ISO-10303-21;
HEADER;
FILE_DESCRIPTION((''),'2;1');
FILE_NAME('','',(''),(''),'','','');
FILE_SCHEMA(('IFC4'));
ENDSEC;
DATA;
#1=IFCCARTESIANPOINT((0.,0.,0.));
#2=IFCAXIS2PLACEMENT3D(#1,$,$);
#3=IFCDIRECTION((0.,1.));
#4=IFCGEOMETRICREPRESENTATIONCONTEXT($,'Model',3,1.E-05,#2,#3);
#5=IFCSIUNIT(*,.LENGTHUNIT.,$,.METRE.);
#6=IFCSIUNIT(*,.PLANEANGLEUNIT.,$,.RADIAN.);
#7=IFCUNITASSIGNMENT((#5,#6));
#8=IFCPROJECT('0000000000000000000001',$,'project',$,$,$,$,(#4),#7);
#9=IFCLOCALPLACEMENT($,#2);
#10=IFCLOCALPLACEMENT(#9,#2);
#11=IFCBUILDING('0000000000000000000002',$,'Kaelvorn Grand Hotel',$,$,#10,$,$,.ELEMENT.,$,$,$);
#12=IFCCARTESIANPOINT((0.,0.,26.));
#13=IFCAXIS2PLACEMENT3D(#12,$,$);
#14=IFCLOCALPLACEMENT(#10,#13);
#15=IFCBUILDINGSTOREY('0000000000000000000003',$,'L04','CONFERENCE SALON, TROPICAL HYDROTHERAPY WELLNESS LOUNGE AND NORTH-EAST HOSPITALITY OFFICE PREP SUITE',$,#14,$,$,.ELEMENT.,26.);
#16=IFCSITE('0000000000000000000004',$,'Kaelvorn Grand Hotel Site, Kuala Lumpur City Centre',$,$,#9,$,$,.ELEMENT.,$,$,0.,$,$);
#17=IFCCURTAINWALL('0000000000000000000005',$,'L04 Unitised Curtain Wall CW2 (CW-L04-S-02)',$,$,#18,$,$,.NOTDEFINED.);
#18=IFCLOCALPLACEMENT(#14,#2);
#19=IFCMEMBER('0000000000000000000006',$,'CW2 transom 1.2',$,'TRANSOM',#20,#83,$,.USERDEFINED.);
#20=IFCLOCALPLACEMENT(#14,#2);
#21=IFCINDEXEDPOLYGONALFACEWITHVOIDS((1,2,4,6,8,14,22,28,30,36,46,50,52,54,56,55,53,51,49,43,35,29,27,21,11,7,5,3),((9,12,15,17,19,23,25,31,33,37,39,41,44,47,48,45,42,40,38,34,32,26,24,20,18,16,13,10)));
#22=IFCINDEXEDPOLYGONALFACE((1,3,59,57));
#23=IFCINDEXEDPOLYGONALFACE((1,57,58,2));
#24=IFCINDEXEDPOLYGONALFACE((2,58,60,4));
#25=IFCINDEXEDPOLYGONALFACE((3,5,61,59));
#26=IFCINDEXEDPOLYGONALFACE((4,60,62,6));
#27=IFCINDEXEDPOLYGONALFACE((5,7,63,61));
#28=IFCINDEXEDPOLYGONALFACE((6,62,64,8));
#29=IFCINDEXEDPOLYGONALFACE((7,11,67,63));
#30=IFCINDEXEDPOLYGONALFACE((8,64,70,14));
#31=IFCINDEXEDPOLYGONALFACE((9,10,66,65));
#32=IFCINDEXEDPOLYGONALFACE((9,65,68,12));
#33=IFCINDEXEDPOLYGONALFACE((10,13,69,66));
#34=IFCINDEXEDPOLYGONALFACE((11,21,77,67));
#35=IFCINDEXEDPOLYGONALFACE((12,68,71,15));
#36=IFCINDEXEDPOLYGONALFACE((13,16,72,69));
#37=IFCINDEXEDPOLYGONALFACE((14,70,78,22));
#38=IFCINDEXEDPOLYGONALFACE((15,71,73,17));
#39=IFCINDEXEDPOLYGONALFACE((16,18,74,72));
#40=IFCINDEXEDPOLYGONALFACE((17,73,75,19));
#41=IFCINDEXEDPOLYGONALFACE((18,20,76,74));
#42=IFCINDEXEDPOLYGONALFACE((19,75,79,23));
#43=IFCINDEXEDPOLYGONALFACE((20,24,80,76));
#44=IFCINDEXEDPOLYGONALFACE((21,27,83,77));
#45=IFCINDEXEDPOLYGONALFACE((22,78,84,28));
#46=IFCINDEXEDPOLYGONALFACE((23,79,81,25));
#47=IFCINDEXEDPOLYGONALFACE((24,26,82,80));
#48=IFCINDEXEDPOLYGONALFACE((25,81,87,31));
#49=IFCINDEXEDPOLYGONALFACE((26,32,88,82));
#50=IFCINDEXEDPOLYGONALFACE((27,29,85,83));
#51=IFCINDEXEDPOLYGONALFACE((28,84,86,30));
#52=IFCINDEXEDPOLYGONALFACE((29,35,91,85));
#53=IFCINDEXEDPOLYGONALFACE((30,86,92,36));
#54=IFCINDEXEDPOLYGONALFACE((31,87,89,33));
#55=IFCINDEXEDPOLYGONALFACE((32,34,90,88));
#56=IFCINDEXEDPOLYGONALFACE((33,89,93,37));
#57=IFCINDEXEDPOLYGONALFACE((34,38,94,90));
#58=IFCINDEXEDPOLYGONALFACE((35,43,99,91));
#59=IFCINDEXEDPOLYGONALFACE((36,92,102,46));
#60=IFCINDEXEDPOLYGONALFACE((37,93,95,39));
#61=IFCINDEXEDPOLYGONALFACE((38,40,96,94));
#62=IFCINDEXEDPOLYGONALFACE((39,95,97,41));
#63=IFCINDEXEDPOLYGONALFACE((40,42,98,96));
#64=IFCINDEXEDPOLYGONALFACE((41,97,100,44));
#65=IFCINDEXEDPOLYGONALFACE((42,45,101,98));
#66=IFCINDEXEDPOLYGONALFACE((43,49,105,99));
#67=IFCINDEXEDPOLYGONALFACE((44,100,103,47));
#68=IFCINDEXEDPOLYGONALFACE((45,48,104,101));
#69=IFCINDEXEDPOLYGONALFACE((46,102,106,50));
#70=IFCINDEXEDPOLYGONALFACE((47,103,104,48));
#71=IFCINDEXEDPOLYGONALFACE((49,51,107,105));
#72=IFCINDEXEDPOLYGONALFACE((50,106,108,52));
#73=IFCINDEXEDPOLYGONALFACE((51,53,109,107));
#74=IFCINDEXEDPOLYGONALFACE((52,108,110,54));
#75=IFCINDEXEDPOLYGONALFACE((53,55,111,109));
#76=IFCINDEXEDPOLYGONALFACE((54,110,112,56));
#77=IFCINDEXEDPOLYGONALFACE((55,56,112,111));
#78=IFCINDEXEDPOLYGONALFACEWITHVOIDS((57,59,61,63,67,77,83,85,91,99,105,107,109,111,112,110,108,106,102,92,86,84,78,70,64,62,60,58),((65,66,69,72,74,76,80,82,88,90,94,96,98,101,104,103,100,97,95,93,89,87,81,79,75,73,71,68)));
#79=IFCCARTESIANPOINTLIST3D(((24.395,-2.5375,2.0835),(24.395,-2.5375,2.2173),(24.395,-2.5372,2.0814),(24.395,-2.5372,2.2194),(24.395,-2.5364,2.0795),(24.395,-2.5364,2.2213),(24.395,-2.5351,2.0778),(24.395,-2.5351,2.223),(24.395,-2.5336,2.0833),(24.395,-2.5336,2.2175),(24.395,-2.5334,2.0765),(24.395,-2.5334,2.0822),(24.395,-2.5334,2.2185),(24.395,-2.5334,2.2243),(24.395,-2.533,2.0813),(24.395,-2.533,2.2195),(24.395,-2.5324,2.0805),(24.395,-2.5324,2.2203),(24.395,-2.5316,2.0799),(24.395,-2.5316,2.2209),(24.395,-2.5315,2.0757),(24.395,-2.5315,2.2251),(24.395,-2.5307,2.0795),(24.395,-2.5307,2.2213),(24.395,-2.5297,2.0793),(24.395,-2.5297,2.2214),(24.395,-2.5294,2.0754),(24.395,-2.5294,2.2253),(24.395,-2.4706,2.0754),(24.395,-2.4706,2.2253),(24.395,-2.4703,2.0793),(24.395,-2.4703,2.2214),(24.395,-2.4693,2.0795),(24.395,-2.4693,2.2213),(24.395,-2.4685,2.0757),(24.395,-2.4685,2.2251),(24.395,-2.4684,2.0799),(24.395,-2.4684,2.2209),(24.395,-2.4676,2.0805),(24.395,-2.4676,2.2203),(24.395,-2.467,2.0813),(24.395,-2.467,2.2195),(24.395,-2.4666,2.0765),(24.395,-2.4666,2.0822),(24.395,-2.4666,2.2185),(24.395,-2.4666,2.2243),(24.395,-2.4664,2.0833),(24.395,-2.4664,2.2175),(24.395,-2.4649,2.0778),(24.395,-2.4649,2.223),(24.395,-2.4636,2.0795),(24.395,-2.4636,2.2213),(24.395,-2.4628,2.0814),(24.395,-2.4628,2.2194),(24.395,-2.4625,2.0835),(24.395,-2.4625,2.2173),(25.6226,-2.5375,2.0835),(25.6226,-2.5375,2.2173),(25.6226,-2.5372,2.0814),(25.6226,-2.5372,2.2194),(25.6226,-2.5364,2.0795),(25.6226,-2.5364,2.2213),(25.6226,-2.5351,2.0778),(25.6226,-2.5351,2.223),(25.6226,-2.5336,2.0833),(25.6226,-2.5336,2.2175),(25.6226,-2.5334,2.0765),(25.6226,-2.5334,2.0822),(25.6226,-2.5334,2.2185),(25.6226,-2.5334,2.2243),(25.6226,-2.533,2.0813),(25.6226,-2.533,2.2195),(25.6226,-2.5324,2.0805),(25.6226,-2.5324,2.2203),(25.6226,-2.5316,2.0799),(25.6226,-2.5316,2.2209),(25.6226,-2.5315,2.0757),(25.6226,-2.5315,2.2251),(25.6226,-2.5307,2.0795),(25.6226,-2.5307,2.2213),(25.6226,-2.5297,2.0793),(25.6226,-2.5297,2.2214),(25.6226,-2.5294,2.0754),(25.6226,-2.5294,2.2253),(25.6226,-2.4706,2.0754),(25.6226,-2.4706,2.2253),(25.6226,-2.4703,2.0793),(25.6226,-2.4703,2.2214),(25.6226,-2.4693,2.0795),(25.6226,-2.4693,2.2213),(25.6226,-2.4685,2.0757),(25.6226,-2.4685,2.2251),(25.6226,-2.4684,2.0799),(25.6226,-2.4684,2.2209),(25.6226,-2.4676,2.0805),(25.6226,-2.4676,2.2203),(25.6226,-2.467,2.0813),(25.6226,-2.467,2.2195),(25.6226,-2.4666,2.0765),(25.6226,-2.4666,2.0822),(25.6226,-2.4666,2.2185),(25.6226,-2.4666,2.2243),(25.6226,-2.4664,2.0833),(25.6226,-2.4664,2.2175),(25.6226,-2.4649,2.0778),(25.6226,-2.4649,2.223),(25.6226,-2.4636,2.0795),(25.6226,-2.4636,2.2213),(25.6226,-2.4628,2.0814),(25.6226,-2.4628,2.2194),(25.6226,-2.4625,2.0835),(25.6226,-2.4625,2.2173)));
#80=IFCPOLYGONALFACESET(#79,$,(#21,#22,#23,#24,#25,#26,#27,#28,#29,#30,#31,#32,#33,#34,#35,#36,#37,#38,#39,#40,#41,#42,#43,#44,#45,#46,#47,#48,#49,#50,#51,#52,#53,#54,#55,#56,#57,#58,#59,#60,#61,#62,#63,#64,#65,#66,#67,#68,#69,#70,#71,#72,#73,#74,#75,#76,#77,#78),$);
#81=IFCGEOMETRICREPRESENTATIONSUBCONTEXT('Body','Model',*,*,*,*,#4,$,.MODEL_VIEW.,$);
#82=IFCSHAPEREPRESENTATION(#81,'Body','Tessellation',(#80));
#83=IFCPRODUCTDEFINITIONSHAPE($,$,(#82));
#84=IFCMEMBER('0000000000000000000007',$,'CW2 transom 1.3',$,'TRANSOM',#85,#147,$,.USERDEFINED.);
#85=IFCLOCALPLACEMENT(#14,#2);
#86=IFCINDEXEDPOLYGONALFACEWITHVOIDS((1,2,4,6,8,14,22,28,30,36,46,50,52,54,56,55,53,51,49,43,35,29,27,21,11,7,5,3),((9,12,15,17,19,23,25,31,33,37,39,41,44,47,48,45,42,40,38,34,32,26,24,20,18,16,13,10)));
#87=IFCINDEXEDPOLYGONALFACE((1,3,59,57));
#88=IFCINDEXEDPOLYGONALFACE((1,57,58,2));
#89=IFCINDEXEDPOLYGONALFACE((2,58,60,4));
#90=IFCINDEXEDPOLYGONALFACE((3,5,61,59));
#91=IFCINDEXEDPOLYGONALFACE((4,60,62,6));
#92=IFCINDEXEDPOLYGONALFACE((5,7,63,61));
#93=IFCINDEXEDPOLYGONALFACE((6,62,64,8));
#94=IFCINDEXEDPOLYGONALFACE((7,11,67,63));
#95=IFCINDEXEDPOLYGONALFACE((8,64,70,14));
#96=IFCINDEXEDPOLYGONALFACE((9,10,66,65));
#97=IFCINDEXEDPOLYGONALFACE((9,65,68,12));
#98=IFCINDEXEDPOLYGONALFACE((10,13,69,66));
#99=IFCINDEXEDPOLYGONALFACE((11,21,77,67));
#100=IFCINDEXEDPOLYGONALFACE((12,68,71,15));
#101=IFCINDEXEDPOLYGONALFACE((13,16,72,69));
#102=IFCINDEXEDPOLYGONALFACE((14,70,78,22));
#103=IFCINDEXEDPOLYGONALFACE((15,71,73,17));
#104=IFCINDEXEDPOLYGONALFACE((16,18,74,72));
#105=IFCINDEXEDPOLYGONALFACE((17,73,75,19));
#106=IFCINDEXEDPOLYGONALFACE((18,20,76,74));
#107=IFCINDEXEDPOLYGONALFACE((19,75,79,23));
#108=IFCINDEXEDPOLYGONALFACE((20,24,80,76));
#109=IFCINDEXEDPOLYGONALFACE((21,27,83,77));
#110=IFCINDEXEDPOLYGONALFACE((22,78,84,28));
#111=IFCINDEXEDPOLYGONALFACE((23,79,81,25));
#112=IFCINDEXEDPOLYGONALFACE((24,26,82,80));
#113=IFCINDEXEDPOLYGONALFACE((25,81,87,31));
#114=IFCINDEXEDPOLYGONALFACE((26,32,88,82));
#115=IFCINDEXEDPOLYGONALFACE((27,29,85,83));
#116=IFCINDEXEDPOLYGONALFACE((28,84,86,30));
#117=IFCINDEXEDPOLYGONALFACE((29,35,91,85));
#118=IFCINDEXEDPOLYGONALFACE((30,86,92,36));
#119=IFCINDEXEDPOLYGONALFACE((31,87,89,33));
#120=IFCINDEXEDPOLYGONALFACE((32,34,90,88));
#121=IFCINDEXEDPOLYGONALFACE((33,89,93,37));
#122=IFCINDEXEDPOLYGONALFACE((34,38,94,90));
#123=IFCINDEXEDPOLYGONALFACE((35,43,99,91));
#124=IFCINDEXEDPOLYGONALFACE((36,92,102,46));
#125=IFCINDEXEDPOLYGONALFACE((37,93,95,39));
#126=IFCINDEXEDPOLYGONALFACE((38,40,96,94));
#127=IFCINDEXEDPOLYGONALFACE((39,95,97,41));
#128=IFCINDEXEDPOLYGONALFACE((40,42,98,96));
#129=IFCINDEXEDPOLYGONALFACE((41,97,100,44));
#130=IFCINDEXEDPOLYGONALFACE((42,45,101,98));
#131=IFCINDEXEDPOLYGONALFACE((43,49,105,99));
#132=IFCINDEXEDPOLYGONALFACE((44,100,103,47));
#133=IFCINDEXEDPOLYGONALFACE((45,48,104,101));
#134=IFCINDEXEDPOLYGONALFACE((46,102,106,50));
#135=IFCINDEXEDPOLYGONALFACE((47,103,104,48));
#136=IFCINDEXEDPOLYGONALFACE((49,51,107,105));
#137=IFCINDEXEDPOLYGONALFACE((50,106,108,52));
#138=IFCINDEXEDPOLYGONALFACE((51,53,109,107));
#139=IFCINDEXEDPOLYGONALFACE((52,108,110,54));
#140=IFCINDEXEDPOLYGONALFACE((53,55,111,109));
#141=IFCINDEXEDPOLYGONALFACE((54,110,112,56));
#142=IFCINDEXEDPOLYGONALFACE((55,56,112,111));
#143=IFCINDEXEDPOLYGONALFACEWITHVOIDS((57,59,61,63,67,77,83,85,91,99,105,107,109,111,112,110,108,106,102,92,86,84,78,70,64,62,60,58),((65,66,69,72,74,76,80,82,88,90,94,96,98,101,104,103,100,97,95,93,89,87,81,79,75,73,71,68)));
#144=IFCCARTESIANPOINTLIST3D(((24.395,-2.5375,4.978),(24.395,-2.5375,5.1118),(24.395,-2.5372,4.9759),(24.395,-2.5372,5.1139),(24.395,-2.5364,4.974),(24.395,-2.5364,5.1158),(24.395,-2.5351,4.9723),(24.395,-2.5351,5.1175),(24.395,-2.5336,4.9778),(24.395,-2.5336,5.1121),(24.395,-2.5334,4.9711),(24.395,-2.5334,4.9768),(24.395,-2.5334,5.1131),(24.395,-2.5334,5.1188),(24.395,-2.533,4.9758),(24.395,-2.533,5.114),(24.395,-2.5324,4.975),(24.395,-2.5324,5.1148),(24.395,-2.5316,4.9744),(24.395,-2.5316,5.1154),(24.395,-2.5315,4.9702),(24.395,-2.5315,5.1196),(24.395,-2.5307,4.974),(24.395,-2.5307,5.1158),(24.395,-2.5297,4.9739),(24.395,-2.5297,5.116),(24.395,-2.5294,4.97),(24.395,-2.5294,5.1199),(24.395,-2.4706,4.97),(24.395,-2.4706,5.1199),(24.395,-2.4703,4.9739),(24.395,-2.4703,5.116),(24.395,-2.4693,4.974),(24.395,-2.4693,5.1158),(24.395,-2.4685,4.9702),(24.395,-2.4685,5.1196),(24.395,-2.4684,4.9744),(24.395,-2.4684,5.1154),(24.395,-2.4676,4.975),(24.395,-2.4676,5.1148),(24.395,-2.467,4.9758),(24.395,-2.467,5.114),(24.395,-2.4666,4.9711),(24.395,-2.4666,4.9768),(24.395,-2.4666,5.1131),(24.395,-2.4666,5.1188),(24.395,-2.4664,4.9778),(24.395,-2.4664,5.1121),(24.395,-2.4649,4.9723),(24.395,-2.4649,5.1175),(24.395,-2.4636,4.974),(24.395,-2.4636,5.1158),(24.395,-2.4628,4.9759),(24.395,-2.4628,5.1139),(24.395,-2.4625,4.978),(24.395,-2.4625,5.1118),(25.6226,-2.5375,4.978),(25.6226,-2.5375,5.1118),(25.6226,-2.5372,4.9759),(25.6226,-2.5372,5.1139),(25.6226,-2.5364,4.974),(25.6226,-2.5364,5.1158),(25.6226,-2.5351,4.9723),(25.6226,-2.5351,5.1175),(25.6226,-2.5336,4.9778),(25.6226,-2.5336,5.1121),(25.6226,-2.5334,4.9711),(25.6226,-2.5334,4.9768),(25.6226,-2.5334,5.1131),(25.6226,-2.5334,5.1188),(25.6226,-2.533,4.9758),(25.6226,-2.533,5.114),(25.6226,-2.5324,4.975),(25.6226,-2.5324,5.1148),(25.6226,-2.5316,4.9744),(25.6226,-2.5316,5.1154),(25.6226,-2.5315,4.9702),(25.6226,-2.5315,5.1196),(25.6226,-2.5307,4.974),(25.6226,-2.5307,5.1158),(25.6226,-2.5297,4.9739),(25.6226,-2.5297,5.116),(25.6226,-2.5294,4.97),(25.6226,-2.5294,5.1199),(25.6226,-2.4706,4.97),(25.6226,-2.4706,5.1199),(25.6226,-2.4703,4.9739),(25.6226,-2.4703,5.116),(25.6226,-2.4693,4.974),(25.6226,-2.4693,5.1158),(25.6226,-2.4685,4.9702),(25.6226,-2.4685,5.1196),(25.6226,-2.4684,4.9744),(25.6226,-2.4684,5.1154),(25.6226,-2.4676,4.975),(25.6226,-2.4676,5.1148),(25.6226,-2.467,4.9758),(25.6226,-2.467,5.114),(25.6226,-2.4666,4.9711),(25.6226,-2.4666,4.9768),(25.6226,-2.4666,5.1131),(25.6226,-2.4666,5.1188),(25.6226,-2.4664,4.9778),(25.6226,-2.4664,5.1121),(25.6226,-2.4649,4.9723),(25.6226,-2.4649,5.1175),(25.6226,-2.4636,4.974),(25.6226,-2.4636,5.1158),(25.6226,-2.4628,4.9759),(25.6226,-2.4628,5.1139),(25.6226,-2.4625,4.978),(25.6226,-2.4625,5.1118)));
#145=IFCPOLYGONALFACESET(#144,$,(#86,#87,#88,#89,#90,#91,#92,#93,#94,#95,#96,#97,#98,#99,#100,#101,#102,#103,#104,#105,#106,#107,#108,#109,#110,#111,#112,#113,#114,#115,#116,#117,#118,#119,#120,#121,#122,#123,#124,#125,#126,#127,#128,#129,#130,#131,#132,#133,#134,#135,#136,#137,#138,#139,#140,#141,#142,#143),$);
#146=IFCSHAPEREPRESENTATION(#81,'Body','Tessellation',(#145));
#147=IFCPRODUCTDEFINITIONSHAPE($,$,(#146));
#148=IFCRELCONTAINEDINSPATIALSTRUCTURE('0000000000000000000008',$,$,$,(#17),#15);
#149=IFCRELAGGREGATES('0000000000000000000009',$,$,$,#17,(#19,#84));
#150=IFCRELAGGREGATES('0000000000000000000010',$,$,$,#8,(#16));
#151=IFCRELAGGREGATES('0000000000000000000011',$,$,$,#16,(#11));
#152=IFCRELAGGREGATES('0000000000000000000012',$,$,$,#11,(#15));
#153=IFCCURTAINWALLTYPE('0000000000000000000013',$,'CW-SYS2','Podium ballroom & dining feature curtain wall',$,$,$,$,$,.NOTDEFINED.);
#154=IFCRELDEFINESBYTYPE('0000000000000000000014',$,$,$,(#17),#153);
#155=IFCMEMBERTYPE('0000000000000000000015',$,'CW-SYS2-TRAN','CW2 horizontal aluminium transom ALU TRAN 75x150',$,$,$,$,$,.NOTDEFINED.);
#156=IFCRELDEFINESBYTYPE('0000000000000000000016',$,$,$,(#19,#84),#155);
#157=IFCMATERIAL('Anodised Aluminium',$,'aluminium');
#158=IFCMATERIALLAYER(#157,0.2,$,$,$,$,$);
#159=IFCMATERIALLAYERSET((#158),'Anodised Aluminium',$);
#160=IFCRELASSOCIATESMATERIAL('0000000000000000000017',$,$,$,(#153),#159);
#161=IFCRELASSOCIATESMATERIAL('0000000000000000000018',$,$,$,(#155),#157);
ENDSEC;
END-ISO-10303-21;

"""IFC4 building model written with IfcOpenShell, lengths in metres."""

from ifc_helpers import new_model, si_unit, direction, frame, origin, origin_2d, place, context, subcontext, project, spatial, hollow_rectangle, extrude, material, layer, layer_set, material_profile, profile_set, type_object, element, aggregate, save


model = new_model("IFC4")

# Units and contexts
model_context = context("Model", 3, precision=1e-05, world=origin(), true_north=direction((0.0, 1.0)))
body_context = subcontext(model_context, "Body", "Model", "MODEL_VIEW")
ifc_project = project(units=[si_unit("LENGTHUNIT", "METRE"), si_unit("PLANEANGLEUNIT", "RADIAN")], contexts=[model_context])

# Site, building, storey
site_placement = place(None, origin())
site = spatial("IfcSite", under=ifc_project, at=site_placement, Name="Kaelvorn Grand Hotel Site, Kuala Lumpur City Centre", CompositionType="ELEMENT", RefElevation=0.0)
building_placement = place(site_placement, origin())
building = spatial("IfcBuilding", under=site, at=building_placement, Name="Kaelvorn Grand Hotel", CompositionType="ELEMENT")
storey_placement = place(building_placement, frame((0.0, 0.0, 26.0)))
storey = spatial("IfcBuildingStorey", under=building, at=storey_placement, Name="L04", Description="CONFERENCE SALON, TROPICAL HYDROTHERAPY WELLNESS LOUNGE AND NORTH-EAST HOSPITALITY OFFICE PREP SUITE", CompositionType="ELEMENT", Elevation=26.0)

# Curtain wall
ifc_material_1 = material(Name="Anodised Aluminium", Category="aluminium")
ifc_layer_1 = layer(ifc_material_1, 0.2)
ifc_layer_set_1 = layer_set([ifc_layer_1], Name="Anodised Aluminium")
curtain_wall_type = type_object("IfcCurtainWallType", Name="CW-SYS2", Description="Podium ballroom & dining feature curtain wall", PredefinedType="NOTDEFINED", material=ifc_layer_set_1)
curtain_wall_1_placement = place(storey_placement, origin())
curtain_wall_1 = element("IfcCurtainWall", 1, at=curtain_wall_1_placement, inside=storey, type_object=curtain_wall_type, Name="L04 Unitised Curtain Wall CW2 (CW-L04-S-02)", PredefinedType="NOTDEFINED")

# Members
ifc_material_profile_1 = material_profile(ifc_material_1, hollow_rectangle(XDim=0.075, YDim=0.1499, WallThickness=0.0039, InnerFilletRadius=0.0039, OuterFilletRadius=0.0081, at=origin_2d()), Name="ALU TRAN 75x150")
ifc_profile_set_1 = profile_set([ifc_material_profile_1], Name="Anodised Aluminium")
member_type_1 = type_object("IfcMemberType", Name="CW-SYS2-TRAN", Description="CW2 horizontal aluminium transom ALU TRAN 75x150", PredefinedType="NOTDEFINED", material=ifc_profile_set_1)
member_1_placement = place(storey_placement, frame((24.395, -2.5, 2.1504), z_axis=(1.0, 0.0, 0.0), x_axis=(0.0, 1.0, 0.0)))
member_1 = element("IfcMember", 2, at=member_1_placement, type_object=member_type_1, Name="CW2 transom 1.2", ObjectType="TRANSOM", PredefinedType="USERDEFINED", context=body_context, shape_type="SweptSolid", body=[
    extrude(hollow_rectangle(XDim=0.075, YDim=0.1499, WallThickness=0.0039, InnerFilletRadius=0.0039, OuterFilletRadius=0.0081, at=origin_2d()), origin(), (0.0, 0.0, 1.0), 1.2275),
])
member_2_placement = place(storey_placement, frame((24.395, -2.5, 5.0449), z_axis=(1.0, 0.0, 0.0), x_axis=(0.0, 1.0, 0.0)))
member_2 = element("IfcMember", 3, at=member_2_placement, type_object=member_type_1, Name="CW2 transom 1.3", ObjectType="TRANSOM", PredefinedType="USERDEFINED", context=body_context, shape_type="SweptSolid", body=[
    extrude(hollow_rectangle(XDim=0.075, YDim=0.1499, WallThickness=0.0039, InnerFilletRadius=0.0039, OuterFilletRadius=0.0081, at=origin_2d()), origin(), (0.0, 0.0, 1.0), 1.2275),
])

aggregate(curtain_wall_1, [member_1, member_2])

save(model, "model.ifc")
